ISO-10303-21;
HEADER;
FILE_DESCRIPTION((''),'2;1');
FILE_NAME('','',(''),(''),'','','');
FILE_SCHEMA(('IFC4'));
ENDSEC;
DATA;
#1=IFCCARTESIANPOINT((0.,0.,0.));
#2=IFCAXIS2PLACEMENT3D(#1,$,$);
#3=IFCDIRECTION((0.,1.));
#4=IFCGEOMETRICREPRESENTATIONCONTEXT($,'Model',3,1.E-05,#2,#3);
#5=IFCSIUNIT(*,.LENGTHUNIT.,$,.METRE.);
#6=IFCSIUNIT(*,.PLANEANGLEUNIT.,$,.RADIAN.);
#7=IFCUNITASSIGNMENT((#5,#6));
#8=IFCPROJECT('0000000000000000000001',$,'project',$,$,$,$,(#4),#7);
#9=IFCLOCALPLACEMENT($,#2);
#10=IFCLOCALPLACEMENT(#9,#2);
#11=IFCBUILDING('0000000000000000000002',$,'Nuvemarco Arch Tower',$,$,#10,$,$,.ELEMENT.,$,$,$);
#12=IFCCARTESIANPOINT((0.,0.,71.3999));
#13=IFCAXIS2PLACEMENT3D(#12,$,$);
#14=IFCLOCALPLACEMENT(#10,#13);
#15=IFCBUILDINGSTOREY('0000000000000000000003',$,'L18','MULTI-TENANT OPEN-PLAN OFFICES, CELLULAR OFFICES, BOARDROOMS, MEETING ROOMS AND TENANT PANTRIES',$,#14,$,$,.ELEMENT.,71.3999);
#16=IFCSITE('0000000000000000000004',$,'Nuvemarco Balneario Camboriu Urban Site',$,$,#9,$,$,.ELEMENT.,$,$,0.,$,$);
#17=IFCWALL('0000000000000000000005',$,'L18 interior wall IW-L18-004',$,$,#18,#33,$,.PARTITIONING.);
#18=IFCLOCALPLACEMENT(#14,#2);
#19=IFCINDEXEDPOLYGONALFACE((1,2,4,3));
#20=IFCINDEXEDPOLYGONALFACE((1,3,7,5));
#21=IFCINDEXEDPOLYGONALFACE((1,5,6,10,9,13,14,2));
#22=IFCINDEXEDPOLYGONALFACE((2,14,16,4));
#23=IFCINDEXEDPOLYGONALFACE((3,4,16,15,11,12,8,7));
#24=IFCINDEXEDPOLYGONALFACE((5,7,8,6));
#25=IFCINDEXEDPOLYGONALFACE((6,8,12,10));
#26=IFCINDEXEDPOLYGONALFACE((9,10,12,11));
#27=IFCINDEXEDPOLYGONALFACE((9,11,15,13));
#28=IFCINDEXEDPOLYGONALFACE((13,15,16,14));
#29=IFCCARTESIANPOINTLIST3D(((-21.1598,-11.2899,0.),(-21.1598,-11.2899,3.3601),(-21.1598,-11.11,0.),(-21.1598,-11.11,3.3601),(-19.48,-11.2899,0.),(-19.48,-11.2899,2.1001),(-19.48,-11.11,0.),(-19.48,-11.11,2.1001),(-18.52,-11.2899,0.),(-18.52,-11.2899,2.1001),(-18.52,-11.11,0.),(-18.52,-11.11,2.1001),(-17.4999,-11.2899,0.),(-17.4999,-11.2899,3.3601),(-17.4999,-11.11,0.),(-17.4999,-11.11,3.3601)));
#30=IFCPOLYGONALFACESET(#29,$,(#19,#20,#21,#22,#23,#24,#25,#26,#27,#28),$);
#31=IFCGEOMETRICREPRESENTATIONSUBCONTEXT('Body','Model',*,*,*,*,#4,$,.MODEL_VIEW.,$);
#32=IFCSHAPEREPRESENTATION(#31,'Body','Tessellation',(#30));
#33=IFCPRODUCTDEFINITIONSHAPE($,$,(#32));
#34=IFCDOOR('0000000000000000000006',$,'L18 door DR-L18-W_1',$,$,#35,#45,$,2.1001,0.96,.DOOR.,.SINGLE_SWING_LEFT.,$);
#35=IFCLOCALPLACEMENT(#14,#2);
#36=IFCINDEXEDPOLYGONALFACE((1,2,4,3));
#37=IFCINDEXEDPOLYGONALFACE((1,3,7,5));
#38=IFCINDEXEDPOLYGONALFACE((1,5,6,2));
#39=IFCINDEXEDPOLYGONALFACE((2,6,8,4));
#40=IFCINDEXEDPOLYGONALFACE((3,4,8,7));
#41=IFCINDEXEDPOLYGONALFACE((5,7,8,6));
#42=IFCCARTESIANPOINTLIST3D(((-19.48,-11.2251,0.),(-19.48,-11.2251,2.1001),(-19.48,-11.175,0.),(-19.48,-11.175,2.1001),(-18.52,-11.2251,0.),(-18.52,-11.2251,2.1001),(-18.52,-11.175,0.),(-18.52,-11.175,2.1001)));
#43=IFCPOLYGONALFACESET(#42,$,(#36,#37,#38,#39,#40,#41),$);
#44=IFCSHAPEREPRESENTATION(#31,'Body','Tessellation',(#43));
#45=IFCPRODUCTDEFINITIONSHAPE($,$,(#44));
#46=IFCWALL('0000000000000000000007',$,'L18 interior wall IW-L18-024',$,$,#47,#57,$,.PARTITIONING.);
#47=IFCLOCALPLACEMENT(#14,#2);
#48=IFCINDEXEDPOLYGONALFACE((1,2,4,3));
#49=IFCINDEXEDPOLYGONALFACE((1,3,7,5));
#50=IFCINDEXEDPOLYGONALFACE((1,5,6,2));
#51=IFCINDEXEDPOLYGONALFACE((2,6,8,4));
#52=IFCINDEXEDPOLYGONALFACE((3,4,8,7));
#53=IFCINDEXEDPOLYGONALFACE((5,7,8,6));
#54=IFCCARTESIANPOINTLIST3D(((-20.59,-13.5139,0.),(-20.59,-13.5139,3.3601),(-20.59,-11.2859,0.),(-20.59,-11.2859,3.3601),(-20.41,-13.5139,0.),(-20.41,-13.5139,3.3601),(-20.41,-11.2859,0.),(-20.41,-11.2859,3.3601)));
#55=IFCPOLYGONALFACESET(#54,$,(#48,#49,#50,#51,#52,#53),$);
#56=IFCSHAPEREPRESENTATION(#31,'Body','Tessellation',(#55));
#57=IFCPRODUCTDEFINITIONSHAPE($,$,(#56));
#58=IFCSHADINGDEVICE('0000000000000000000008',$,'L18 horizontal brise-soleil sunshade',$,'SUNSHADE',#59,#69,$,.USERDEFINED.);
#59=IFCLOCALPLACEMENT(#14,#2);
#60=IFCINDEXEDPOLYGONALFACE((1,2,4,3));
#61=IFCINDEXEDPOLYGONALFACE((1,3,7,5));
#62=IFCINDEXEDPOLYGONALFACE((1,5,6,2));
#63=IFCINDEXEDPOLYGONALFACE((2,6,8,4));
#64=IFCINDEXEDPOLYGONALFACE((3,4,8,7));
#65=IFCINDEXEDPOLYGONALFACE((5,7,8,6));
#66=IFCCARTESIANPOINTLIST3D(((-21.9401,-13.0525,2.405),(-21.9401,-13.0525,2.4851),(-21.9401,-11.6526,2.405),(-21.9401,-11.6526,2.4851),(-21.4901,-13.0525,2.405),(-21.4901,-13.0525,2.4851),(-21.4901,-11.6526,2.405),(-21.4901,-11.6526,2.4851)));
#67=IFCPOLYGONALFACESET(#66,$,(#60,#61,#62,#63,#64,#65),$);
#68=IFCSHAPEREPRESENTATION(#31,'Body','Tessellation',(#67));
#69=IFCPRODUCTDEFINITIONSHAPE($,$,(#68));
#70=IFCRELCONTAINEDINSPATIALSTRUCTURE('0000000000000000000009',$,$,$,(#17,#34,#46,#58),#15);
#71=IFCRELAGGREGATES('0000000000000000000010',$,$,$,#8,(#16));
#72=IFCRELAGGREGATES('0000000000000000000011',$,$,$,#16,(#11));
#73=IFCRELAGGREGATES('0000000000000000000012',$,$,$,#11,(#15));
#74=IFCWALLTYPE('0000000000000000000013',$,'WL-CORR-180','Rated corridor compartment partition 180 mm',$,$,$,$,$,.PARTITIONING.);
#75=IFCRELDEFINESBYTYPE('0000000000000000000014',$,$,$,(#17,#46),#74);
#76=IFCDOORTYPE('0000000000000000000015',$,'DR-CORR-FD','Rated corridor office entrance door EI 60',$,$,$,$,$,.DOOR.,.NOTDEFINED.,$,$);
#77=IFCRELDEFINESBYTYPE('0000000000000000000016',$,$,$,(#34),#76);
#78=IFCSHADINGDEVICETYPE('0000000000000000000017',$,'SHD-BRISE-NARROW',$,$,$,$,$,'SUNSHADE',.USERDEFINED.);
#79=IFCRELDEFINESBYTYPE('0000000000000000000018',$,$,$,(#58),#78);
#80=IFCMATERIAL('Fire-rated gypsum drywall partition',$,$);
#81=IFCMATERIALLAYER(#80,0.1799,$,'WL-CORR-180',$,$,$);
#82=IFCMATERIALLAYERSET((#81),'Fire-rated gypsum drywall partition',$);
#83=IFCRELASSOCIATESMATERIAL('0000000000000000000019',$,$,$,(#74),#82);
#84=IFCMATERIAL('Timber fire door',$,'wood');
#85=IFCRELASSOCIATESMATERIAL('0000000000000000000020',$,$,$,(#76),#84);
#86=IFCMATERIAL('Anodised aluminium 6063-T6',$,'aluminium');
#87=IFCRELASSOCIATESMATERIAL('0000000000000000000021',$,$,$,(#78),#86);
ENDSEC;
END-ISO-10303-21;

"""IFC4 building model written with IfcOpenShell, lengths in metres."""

from ifc_helpers import new_model, si_unit, direction, frame, frame_2d, origin, origin_2d, place, context, subcontext, project, spatial, rectangle, extrude, source, transform, mapped, material, layer, layer_set, type_object, type_shapes, element, fill, save


model = new_model("IFC4")

# Units and contexts
model_context = context("Model", 3, precision=1e-05, world=origin(), true_north=direction((0.0, 1.0)))
body_context = subcontext(model_context, "Body", "Model", "MODEL_VIEW")
ifc_project = project(units=[si_unit("LENGTHUNIT", "METRE"), si_unit("PLANEANGLEUNIT", "RADIAN")], contexts=[model_context])

# Site, building, storey
site_placement = place(None, origin())
site = spatial("IfcSite", under=ifc_project, at=site_placement, Name="Nuvemarco Balneario Camboriu Urban Site", CompositionType="ELEMENT", RefElevation=0.0)
building_placement = place(site_placement, origin())
building = spatial("IfcBuilding", under=site, at=building_placement, Name="Nuvemarco Arch Tower", CompositionType="ELEMENT")
storey_placement = place(building_placement, frame((0.0, 0.0, 71.3999)))
storey = spatial("IfcBuildingStorey", under=building, at=storey_placement, Name="L18", Description="MULTI-TENANT OPEN-PLAN OFFICES, CELLULAR OFFICES, BOARDROOMS, MEETING ROOMS AND TENANT PANTRIES", CompositionType="ELEMENT", Elevation=71.3999)

# Wall, opening, door
ifc_material_1 = material(Name="Fire-rated gypsum drywall partition")
ifc_layer = layer(ifc_material_1, 0.1799, Name="WL-CORR-180")
ifc_layer_set = layer_set([ifc_layer], Name="Fire-rated gypsum drywall partition")
wall_type = type_object("IfcWallType", Name="WL-CORR-180", Description="Rated corridor compartment partition 180 mm", PredefinedType="PARTITIONING", material=ifc_layer_set)
ifc_material_2 = material(Name="Timber fire door", Category="wood")
door_type = type_object("IfcDoorType", Name="DR-CORR-FD", Description="Rated corridor office entrance door EI 60", OperationType="NOTDEFINED", PredefinedType="DOOR", material=ifc_material_2)
shared_shape_1 = source(origin(), body_context, "Body", "SweptSolid", [
    extrude(rectangle(XDim=0.96, YDim=2.1001, at=frame_2d((0.48, 1.05))), frame((0.0, 0.0249, 0.0), z_axis=(0.0, -1.0, 0.0), x_axis=(1.0, 0.0, 0.0)), (0.0, 0.0, 1.0), 0.05),
])
type_shapes(door_type, [shared_shape_1])
wall_1_placement = place(storey_placement, frame((-21.1599, -11.2, 0.0), z_axis=(0.0, 0.0, 1.0), x_axis=(1.0, 0.0, 0.0)))
wall_1 = element("IfcWall", 1, at=wall_1_placement, inside=storey, type_object=wall_type, Name="L18 interior wall IW-L18-004", PredefinedType="PARTITIONING", context=body_context, shape_type="SweptSolid", body=[
    extrude(rectangle(XDim=3.6599, YDim=0.1799, at=frame_2d((1.8301, 0.0))), origin(), (0.0, 0.0, 1.0), 3.3601),
])
opening_1_placement = place(wall_1_placement, frame((1.6799, 0.0, 0.0)))
opening_1 = element("IfcOpeningElement", 2, at=opening_1_placement, cuts=wall_1, PredefinedType="OPENING", context=body_context, shape_type="SweptSolid", body=[
    extrude(rectangle(XDim=0.96, YDim=2.1001, at=frame_2d((0.48, 1.05))), frame((0.0, 0.0999, 0.0), z_axis=(0.0, -1.0, 0.0), x_axis=(1.0, 0.0, 0.0)), (0.0, 0.0, 1.0), 0.2),
])
door_1_placement = place(opening_1_placement, origin())
door_1 = element("IfcDoor", 3, at=door_1_placement, inside=storey, type_object=door_type, Name="L18 door DR-L18-W_1", OperationType="SINGLE_SWING_LEFT", OverallHeight=2.1001, OverallWidth=0.96, PredefinedType="DOOR", context=body_context, shape_type="MappedRepresentation", body=[
    mapped(shared_shape_1, transform((0.0, 0.0, 0.0), scale=1.0)),
])
fill(opening_1, door_1)

# Wall
wall_2_placement = place(storey_placement, frame((-20.5, -13.5139, 0.0), z_axis=(0.0, 0.0, 1.0), x_axis=(0.0, 1.0, 0.0)))
element("IfcWall", 4, at=wall_2_placement, inside=storey, type_object=wall_type, Name="L18 interior wall IW-L18-024", PredefinedType="PARTITIONING", context=body_context, shape_type="SweptSolid", body=[
    extrude(rectangle(XDim=2.228, YDim=0.1799, at=frame_2d((1.114, 0.0))), origin(), (0.0, 0.0, 1.0), 3.3601),
])

# Shading device
ifc_material_3 = material(Name="Anodised aluminium 6063-T6", Category="aluminium")
shading_device_type = type_object("IfcShadingDeviceType", Name="SHD-BRISE-NARROW", ElementType="SUNSHADE", PredefinedType="USERDEFINED", material=ifc_material_3)
shared_shape_2 = source(origin(), body_context, "Body", "SweptSolid", [
    extrude(rectangle(XDim=1.3999, YDim=0.45, at=origin_2d()), origin(), (0.0, 0.0, 1.0), 0.0801),
])
type_shapes(shading_device_type, [shared_shape_2])
shading_device_placement = place(storey_placement, frame((-21.7151, -12.3525, 2.405), z_axis=(0.0, 0.0, 1.0), x_axis=(0.0, 1.0, 0.0)))
element("IfcShadingDevice", 5, at=shading_device_placement, inside=storey, type_object=shading_device_type, Name="L18 horizontal brise-soleil sunshade", ObjectType="SUNSHADE", PredefinedType="USERDEFINED", context=body_context, shape_type="MappedRepresentation", body=[
    mapped(shared_shape_2, transform((0.0, 0.0, 0.0), scale=1.0)),
])

save(model, "model.ifc")
